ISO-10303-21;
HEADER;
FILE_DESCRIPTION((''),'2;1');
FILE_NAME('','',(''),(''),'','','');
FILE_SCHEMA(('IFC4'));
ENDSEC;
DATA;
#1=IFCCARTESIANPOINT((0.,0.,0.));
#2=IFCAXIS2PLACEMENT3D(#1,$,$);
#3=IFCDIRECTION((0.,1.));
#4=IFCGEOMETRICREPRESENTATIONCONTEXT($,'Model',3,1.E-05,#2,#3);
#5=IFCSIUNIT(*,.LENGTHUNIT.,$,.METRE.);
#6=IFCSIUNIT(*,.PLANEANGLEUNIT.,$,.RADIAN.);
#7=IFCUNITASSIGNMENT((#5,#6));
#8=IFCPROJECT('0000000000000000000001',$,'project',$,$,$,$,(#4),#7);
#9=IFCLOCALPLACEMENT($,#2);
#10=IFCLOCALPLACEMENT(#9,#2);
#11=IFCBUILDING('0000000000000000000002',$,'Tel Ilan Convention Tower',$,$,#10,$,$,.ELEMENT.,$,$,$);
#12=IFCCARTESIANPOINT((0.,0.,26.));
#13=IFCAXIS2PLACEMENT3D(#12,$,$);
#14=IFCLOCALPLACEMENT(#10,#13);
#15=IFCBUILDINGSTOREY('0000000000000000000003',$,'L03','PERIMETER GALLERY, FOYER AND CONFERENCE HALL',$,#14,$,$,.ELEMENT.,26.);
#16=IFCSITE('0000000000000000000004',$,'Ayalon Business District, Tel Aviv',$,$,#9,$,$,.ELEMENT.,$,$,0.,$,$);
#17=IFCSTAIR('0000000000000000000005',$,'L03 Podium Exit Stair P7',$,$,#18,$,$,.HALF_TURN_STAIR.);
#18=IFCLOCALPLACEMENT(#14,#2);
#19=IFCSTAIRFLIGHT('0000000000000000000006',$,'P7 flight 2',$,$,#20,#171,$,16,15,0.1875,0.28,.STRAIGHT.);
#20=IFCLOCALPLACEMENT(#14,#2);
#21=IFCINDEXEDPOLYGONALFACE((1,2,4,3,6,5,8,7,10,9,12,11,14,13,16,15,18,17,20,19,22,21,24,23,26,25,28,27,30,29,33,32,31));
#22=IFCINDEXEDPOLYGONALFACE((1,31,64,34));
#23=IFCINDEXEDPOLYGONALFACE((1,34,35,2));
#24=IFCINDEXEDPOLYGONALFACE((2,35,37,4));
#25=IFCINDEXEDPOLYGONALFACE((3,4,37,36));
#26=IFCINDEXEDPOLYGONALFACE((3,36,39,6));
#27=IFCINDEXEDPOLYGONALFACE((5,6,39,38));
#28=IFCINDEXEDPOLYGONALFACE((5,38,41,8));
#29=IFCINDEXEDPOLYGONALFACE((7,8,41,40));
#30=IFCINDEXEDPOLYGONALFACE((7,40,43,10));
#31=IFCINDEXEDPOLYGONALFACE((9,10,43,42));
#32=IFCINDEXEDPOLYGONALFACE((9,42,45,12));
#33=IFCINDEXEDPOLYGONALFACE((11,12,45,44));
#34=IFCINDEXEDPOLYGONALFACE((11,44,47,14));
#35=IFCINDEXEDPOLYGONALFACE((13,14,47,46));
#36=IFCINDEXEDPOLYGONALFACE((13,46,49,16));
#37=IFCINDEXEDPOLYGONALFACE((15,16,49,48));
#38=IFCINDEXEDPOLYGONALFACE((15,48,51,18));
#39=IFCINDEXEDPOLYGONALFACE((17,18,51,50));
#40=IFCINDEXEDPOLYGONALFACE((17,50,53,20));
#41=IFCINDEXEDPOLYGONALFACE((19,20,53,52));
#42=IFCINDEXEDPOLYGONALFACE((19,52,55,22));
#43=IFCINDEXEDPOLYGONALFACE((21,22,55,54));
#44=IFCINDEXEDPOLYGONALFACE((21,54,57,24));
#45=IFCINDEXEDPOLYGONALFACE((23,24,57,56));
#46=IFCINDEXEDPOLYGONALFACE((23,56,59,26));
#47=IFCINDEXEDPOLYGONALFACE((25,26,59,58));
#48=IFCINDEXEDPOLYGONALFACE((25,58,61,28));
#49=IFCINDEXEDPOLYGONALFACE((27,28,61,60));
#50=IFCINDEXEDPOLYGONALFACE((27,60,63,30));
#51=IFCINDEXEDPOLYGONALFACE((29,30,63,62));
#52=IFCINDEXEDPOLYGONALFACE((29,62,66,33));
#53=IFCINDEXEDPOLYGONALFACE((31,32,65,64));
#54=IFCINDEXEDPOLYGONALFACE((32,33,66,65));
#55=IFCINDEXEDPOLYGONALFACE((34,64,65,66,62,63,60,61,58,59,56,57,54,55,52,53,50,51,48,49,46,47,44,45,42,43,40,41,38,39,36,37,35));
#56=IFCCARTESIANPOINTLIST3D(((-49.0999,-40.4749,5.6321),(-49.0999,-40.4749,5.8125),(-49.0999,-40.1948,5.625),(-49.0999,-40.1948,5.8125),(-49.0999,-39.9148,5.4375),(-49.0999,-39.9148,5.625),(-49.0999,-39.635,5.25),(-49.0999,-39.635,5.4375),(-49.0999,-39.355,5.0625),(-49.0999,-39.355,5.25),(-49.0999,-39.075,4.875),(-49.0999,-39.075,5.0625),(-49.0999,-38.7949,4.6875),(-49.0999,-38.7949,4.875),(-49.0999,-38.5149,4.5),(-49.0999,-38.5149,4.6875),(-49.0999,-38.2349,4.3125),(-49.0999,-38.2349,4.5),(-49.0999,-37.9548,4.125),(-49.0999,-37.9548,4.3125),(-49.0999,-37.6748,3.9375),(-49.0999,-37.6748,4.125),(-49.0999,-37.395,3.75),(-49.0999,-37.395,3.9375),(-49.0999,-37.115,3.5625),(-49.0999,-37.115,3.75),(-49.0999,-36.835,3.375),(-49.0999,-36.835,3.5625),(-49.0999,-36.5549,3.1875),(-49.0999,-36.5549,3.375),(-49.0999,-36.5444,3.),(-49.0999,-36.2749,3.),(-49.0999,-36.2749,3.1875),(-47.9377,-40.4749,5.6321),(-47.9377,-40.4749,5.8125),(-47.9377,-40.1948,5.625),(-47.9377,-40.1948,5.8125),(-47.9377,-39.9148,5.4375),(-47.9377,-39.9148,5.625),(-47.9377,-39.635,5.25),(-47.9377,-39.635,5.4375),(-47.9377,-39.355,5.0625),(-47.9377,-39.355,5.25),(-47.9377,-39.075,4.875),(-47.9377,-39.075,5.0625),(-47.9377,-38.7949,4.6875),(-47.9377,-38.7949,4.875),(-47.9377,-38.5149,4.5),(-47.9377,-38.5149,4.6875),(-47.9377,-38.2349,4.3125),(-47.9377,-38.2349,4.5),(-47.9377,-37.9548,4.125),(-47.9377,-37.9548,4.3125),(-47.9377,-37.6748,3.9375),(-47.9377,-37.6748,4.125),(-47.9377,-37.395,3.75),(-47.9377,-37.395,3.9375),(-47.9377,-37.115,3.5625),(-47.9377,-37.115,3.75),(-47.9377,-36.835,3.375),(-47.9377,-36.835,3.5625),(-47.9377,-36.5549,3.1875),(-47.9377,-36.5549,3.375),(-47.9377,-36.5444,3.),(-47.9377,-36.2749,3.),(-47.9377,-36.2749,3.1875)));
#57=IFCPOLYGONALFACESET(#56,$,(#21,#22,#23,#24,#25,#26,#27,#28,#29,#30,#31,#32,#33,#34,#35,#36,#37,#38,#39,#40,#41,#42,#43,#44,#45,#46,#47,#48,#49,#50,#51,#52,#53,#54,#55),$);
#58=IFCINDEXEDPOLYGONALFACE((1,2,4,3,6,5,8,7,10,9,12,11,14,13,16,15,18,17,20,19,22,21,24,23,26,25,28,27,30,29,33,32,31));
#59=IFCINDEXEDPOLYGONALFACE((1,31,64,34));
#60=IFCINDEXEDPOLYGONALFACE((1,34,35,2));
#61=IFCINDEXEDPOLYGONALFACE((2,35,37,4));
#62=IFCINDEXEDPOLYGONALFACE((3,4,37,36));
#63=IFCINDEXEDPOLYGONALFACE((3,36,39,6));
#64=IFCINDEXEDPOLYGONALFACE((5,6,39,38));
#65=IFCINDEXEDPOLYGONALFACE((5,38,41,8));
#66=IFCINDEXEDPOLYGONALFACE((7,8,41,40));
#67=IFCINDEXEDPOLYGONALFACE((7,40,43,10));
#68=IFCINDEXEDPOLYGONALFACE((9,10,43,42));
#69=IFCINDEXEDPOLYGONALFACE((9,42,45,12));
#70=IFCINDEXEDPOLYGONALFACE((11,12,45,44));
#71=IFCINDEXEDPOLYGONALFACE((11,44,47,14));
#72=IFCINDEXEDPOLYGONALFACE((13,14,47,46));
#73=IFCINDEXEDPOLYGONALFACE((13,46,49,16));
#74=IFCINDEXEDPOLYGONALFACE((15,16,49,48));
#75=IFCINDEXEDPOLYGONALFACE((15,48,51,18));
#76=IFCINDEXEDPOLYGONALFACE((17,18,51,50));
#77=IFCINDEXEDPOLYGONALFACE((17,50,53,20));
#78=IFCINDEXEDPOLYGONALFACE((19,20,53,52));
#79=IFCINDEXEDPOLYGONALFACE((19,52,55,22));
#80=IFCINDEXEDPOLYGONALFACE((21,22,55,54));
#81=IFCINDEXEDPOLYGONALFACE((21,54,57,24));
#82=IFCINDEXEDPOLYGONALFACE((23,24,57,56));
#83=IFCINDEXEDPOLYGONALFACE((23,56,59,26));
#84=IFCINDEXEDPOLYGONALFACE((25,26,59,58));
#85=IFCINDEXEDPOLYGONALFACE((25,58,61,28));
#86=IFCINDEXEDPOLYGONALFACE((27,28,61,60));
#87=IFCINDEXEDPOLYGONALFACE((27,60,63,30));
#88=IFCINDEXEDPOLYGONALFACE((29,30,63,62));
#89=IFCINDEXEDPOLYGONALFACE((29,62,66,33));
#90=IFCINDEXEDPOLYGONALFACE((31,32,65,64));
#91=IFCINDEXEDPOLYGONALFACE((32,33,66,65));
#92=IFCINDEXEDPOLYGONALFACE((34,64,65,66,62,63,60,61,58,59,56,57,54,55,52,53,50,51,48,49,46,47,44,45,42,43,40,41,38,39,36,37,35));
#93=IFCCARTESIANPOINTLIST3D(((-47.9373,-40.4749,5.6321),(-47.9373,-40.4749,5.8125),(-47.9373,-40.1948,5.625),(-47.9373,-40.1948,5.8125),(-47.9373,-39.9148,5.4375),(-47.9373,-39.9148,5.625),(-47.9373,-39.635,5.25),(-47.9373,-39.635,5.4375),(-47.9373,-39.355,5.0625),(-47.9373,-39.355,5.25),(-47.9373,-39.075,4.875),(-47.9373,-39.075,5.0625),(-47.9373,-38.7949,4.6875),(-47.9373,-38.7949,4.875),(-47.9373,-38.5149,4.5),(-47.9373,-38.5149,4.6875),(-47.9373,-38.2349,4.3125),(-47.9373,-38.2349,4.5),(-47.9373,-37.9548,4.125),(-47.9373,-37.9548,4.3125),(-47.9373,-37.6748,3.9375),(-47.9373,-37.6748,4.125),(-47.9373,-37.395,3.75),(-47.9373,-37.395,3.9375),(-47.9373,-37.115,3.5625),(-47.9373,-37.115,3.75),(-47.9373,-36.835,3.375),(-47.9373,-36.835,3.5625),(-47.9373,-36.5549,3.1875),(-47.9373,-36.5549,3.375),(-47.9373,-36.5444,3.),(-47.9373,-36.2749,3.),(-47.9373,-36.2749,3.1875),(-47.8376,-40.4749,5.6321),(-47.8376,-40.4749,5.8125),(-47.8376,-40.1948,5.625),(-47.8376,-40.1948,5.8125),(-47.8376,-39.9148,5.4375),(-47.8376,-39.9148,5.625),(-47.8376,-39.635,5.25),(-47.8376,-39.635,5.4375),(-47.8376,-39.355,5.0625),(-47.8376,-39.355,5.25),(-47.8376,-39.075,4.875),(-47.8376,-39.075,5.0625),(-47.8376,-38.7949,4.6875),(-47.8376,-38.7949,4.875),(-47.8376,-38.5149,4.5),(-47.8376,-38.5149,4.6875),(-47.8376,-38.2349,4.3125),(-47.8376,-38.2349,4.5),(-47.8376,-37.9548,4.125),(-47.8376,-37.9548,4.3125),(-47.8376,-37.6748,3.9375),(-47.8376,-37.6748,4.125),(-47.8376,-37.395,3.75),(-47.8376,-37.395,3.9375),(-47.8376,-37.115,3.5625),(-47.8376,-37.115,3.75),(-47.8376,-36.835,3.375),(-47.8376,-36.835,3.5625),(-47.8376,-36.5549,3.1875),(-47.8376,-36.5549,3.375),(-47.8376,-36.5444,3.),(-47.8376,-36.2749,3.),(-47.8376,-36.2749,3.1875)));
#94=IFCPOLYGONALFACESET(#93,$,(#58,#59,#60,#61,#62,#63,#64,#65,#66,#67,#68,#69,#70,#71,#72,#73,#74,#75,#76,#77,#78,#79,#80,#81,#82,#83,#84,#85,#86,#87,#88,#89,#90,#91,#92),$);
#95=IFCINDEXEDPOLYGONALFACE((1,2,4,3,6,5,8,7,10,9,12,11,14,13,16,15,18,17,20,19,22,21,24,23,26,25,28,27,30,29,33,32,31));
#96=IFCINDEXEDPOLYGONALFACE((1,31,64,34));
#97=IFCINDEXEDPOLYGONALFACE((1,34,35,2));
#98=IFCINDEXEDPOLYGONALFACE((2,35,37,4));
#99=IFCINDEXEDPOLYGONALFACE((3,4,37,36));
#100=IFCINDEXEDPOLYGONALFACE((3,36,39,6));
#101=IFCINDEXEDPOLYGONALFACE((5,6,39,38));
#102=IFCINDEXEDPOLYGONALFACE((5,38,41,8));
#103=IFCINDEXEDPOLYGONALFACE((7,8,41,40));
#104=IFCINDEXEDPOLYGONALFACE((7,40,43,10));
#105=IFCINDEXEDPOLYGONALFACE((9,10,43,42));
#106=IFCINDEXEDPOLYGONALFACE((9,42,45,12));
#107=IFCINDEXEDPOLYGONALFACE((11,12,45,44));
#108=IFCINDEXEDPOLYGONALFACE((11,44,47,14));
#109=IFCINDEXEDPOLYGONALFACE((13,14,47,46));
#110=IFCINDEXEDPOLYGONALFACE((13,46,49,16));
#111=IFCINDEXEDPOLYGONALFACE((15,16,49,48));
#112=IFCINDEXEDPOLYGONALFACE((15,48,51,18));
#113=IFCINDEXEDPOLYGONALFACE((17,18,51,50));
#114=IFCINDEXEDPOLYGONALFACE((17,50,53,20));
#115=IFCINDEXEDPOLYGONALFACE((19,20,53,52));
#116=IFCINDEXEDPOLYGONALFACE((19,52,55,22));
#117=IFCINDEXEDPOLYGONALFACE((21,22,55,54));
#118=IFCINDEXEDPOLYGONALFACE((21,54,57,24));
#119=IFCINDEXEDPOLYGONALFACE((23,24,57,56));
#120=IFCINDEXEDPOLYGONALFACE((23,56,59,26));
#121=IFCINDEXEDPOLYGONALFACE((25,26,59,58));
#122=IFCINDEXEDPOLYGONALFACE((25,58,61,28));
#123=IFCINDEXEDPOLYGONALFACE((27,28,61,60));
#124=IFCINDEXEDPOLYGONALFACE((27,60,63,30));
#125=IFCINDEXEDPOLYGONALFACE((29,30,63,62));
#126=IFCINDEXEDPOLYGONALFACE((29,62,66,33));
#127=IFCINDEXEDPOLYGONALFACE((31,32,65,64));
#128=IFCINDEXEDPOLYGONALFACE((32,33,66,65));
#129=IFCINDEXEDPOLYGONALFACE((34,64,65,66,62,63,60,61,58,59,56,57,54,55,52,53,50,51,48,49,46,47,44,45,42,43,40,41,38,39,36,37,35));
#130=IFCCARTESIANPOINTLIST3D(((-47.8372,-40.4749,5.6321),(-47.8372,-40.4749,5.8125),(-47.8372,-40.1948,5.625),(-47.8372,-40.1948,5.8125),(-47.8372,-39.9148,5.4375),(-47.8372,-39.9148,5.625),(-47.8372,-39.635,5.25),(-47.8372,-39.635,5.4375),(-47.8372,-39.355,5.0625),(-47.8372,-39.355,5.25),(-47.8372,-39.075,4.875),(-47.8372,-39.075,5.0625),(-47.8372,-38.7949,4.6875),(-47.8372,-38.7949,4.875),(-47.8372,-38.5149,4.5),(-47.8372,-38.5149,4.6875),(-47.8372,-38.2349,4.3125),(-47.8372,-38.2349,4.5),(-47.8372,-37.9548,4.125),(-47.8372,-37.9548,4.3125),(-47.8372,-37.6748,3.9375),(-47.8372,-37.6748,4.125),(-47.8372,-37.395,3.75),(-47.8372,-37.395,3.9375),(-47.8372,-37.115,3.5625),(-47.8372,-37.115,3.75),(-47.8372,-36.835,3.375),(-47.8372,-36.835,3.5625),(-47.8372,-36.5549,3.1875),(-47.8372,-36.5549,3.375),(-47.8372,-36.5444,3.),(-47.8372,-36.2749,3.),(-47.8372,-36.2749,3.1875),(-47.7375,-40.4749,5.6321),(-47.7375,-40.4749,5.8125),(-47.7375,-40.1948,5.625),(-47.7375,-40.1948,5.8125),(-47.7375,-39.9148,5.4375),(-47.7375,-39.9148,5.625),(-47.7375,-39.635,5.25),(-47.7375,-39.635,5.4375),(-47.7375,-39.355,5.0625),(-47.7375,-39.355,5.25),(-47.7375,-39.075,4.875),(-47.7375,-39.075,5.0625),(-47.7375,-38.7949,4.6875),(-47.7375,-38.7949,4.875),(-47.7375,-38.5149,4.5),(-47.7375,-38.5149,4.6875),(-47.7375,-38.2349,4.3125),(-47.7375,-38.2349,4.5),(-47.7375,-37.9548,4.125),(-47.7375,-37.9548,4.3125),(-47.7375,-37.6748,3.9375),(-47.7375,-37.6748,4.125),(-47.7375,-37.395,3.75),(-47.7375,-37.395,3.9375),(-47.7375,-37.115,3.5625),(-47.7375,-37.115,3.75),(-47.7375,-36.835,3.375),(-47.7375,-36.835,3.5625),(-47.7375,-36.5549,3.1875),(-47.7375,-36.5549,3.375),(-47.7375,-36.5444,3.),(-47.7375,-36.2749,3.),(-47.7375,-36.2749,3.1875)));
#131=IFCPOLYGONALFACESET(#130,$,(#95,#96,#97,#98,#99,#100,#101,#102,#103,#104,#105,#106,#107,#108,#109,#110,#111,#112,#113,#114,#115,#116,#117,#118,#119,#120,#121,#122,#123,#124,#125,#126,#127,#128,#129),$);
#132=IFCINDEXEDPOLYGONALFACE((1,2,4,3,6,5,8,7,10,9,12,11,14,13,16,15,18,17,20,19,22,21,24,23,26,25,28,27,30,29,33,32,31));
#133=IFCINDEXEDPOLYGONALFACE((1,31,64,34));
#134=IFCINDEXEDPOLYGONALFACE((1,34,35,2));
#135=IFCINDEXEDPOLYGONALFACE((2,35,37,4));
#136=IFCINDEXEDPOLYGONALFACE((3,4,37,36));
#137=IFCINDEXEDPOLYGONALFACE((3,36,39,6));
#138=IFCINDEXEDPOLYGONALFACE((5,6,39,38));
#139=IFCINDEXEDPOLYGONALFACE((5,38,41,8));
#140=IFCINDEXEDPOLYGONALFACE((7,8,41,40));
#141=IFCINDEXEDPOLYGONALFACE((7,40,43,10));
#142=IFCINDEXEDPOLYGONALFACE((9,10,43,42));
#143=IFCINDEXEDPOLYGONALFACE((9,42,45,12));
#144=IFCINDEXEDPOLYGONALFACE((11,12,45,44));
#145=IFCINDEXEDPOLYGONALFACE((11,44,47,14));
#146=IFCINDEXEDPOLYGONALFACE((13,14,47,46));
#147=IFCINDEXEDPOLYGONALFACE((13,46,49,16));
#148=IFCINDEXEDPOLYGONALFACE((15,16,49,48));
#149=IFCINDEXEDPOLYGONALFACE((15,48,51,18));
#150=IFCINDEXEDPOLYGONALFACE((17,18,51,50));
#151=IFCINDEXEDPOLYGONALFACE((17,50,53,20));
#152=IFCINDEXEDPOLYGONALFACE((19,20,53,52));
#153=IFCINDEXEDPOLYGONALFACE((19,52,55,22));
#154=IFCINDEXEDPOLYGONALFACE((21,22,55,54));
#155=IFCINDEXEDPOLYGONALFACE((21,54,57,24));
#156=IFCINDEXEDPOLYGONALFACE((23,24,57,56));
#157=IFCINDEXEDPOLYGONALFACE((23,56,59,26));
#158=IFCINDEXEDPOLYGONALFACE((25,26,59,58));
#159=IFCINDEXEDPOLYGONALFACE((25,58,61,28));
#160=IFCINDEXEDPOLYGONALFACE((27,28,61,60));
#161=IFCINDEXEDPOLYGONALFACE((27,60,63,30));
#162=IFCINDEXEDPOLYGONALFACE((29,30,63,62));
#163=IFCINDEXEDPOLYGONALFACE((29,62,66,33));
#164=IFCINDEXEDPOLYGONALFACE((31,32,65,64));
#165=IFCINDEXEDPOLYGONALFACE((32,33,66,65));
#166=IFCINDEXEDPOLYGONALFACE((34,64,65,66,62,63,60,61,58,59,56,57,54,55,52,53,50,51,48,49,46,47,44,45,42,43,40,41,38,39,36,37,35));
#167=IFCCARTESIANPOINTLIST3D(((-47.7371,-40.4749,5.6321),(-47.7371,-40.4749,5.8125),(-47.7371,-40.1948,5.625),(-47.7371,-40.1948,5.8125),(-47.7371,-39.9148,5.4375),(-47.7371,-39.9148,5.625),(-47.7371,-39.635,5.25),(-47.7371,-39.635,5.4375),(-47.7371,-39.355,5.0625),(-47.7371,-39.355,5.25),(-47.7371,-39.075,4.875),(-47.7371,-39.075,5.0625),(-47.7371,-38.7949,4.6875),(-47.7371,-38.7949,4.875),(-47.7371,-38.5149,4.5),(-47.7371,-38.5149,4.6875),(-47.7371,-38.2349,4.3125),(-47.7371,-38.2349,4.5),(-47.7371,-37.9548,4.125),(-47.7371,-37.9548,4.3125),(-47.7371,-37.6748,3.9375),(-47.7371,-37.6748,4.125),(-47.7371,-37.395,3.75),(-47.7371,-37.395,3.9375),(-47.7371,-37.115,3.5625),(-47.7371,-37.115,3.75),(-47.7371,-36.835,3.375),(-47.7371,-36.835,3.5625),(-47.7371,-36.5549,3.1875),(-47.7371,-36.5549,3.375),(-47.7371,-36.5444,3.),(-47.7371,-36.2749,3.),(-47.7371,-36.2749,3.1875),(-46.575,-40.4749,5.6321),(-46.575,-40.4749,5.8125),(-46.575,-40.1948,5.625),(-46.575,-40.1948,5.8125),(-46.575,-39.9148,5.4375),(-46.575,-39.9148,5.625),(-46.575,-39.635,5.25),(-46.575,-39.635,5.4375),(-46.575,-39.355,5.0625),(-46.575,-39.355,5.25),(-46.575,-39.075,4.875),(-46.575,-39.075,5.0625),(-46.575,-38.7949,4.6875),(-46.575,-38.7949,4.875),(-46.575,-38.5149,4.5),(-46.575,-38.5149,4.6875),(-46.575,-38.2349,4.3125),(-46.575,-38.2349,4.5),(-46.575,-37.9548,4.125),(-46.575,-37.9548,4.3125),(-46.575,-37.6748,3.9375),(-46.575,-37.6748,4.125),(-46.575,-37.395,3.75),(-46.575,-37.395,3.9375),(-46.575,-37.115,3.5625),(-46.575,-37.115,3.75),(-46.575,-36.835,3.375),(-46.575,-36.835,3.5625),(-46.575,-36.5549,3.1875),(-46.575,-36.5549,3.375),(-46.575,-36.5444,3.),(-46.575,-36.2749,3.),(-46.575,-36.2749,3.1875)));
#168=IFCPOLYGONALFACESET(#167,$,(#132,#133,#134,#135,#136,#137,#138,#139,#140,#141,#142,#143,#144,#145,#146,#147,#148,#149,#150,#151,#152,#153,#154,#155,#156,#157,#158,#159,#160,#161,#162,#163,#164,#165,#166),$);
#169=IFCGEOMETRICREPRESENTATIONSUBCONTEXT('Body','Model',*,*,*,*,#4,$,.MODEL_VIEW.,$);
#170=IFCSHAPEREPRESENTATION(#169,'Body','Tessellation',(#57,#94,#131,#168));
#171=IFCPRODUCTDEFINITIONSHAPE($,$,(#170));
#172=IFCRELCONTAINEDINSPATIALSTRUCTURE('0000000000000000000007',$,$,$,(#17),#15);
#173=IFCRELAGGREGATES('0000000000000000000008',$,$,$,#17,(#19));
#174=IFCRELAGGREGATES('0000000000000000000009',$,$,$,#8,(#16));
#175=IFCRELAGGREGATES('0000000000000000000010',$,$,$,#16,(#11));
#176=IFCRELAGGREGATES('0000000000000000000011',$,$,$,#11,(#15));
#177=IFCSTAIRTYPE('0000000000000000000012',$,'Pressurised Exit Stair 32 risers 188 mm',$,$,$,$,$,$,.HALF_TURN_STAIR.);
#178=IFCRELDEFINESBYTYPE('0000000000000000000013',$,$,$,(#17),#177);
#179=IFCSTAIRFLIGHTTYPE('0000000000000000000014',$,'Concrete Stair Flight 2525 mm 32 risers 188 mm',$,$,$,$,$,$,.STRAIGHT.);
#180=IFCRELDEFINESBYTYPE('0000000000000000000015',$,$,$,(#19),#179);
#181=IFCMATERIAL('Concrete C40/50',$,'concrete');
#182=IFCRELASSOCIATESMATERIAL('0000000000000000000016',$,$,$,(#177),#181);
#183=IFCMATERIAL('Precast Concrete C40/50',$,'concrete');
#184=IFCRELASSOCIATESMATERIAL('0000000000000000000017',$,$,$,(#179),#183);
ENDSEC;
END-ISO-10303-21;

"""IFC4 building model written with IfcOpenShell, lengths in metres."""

from ifc_helpers import new_model, si_unit, direction, frame, origin, place, context, subcontext, project, spatial, polyline, outline, extrude, material, type_object, element, aggregate, save


model = new_model("IFC4")

# Units and contexts
model_context = context("Model", 3, precision=1e-05, world=origin(), true_north=direction((0.0, 1.0)))
body_context = subcontext(model_context, "Body", "Model", "MODEL_VIEW")
ifc_project = project(units=[si_unit("LENGTHUNIT", "METRE"), si_unit("PLANEANGLEUNIT", "RADIAN")], contexts=[model_context])

# Site, building, storey
site_placement = place(None, origin())
site = spatial("IfcSite", under=ifc_project, at=site_placement, Name="Ayalon Business District, Tel Aviv", CompositionType="ELEMENT", RefElevation=0.0)
building_placement = place(site_placement, origin())
building = spatial("IfcBuilding", under=site, at=building_placement, Name="Tel Ilan Convention Tower", CompositionType="ELEMENT")
storey_placement = place(building_placement, frame((0.0, 0.0, 26.0)))
storey = spatial("IfcBuildingStorey", under=building, at=storey_placement, Name="L03", Description="PERIMETER GALLERY, FOYER AND CONFERENCE HALL", CompositionType="ELEMENT", Elevation=26.0)

# Stair, stair flight
ifc_material_1 = material(Name="Concrete C40/50", Category="concrete")
stair_type = type_object("IfcStairType", Name="Pressurised Exit Stair 32 risers 188 mm", PredefinedType="HALF_TURN_STAIR", material=ifc_material_1)
ifc_material_2 = material(Name="Precast Concrete C40/50", Category="concrete")
stair_flight_type = type_object("IfcStairFlightType", Name="Concrete Stair Flight 2525 mm 32 risers 188 mm", PredefinedType="STRAIGHT", material=ifc_material_2)
stair_1_placement = place(storey_placement, origin())
stair_1 = element("IfcStair", 1, at=stair_1_placement, inside=storey, type_object=stair_type, Name="L03 Podium Exit Stair P7", PredefinedType="HALF_TURN_STAIR")
stair_flight_1_placement = place(storey_placement, frame((-47.8374, -36.2749, 3.0), z_axis=(0.0, 0.0, 1.0), x_axis=(0.0, -1.0, 0.0)))
stair_flight_1 = element("IfcStairFlight", 2, at=stair_flight_1_placement, type_object=stair_flight_type, Name="P7 flight 2", NumberOfRisers=16, NumberOfTreads=15, PredefinedType="STRAIGHT", RiserHeight=0.1875, TreadLength=0.28, context=body_context, shape_type="SweptSolid", body=[
    extrude(outline(polyline([(0.0, 0.0), (0.0, 0.1875), (0.28, 0.1875), (0.28, 0.375), (0.5601, 0.375), (0.5601, 0.5625), (0.8401, 0.5625), (0.8401, 0.75), (1.1201, 0.75), (1.1201, 0.9375), (1.3999, 0.9375), (1.3999, 1.125), (1.6799, 1.125), (1.6799, 1.3125), (1.96, 1.3125), (1.96, 1.5), (2.24, 1.5), (2.24, 1.6875), (2.52, 1.6875), (2.52, 1.875), (2.8, 1.875), (2.8, 2.0625), (3.0801, 2.0625), (3.0801, 2.25), (3.3601, 2.25), (3.3601, 2.4375), (3.6399, 2.4375), (3.6399, 2.625), (3.9199, 2.625), (3.9199, 2.8125), (4.2, 2.8125), (4.2, 3.0), (4.2, 2.6321), (0.2695, 0.0), (0.0, 0.0)])), frame((0.0, -0.1003, 0.0), z_axis=(0.0, -1.0, 0.0), x_axis=(1.0, 0.0, 0.0)), (0.0, 0.0, 1.0), 1.1621),
    extrude(outline(polyline([(0.0, 0.0), (0.0, 0.1875), (0.28, 0.1875), (0.28, 0.375), (0.5601, 0.375), (0.5601, 0.5625), (0.8401, 0.5625), (0.8401, 0.75), (1.1201, 0.75), (1.1201, 0.9375), (1.3999, 0.9375), (1.3999, 1.125), (1.6799, 1.125), (1.6799, 1.3125), (1.96, 1.3125), (1.96, 1.5), (2.24, 1.5), (2.24, 1.6875), (2.52, 1.6875), (2.52, 1.875), (2.8, 1.875), (2.8, 2.0625), (3.0801, 2.0625), (3.0801, 2.25), (3.3601, 2.25), (3.3601, 2.4375), (3.6399, 2.4375), (3.6399, 2.625), (3.9199, 2.625), (3.9199, 2.8125), (4.2, 2.8125), (4.2, 3.0), (4.2, 2.6321), (0.2695, 0.0), (0.0, 0.0)])), frame((0.0, -0.0002, 0.0), z_axis=(0.0, -1.0, 0.0), x_axis=(1.0, 0.0, 0.0)), (0.0, 0.0, 1.0), 0.0996),
    extrude(outline(polyline([(0.0, 0.0), (0.0, 0.1875), (0.28, 0.1875), (0.28, 0.375), (0.5601, 0.375), (0.5601, 0.5625), (0.8401, 0.5625), (0.8401, 0.75), (1.1201, 0.75), (1.1201, 0.9375), (1.3999, 0.9375), (1.3999, 1.125), (1.6799, 1.125), (1.6799, 1.3125), (1.96, 1.3125), (1.96, 1.5), (2.24, 1.5), (2.24, 1.6875), (2.52, 1.6875), (2.52, 1.875), (2.8, 1.875), (2.8, 2.0625), (3.0801, 2.0625), (3.0801, 2.25), (3.3601, 2.25), (3.3601, 2.4375), (3.6399, 2.4375), (3.6399, 2.625), (3.9199, 2.625), (3.9199, 2.8125), (4.2, 2.8125), (4.2, 3.0), (4.2, 2.6321), (0.2695, 0.0), (0.0, 0.0)])), frame((0.0, 0.0999, 0.0), z_axis=(0.0, -1.0, 0.0), x_axis=(1.0, 0.0, 0.0)), (0.0, 0.0, 1.0), 0.0996),
    extrude(outline(polyline([(0.0, 0.0), (0.0, 0.1875), (0.28, 0.1875), (0.28, 0.375), (0.5601, 0.375), (0.5601, 0.5625), (0.8401, 0.5625), (0.8401, 0.75), (1.1201, 0.75), (1.1201, 0.9375), (1.3999, 0.9375), (1.3999, 1.125), (1.6799, 1.125), (1.6799, 1.3125), (1.96, 1.3125), (1.96, 1.5), (2.24, 1.5), (2.24, 1.6875), (2.52, 1.6875), (2.52, 1.875), (2.8, 1.875), (2.8, 2.0625), (3.0801, 2.0625), (3.0801, 2.25), (3.3601, 2.25), (3.3601, 2.4375), (3.6399, 2.4375), (3.6399, 2.625), (3.9199, 2.625), (3.9199, 2.8125), (4.2, 2.8125), (4.2, 3.0), (4.2, 2.6321), (0.2695, 0.0), (0.0, 0.0)])), frame((0.0, 1.2625, 0.0), z_axis=(0.0, -1.0, 0.0), x_axis=(1.0, 0.0, 0.0)), (0.0, 0.0, 1.0), 1.1621),
])
aggregate(stair_1, [stair_flight_1])

save(model, "model.ifc")
